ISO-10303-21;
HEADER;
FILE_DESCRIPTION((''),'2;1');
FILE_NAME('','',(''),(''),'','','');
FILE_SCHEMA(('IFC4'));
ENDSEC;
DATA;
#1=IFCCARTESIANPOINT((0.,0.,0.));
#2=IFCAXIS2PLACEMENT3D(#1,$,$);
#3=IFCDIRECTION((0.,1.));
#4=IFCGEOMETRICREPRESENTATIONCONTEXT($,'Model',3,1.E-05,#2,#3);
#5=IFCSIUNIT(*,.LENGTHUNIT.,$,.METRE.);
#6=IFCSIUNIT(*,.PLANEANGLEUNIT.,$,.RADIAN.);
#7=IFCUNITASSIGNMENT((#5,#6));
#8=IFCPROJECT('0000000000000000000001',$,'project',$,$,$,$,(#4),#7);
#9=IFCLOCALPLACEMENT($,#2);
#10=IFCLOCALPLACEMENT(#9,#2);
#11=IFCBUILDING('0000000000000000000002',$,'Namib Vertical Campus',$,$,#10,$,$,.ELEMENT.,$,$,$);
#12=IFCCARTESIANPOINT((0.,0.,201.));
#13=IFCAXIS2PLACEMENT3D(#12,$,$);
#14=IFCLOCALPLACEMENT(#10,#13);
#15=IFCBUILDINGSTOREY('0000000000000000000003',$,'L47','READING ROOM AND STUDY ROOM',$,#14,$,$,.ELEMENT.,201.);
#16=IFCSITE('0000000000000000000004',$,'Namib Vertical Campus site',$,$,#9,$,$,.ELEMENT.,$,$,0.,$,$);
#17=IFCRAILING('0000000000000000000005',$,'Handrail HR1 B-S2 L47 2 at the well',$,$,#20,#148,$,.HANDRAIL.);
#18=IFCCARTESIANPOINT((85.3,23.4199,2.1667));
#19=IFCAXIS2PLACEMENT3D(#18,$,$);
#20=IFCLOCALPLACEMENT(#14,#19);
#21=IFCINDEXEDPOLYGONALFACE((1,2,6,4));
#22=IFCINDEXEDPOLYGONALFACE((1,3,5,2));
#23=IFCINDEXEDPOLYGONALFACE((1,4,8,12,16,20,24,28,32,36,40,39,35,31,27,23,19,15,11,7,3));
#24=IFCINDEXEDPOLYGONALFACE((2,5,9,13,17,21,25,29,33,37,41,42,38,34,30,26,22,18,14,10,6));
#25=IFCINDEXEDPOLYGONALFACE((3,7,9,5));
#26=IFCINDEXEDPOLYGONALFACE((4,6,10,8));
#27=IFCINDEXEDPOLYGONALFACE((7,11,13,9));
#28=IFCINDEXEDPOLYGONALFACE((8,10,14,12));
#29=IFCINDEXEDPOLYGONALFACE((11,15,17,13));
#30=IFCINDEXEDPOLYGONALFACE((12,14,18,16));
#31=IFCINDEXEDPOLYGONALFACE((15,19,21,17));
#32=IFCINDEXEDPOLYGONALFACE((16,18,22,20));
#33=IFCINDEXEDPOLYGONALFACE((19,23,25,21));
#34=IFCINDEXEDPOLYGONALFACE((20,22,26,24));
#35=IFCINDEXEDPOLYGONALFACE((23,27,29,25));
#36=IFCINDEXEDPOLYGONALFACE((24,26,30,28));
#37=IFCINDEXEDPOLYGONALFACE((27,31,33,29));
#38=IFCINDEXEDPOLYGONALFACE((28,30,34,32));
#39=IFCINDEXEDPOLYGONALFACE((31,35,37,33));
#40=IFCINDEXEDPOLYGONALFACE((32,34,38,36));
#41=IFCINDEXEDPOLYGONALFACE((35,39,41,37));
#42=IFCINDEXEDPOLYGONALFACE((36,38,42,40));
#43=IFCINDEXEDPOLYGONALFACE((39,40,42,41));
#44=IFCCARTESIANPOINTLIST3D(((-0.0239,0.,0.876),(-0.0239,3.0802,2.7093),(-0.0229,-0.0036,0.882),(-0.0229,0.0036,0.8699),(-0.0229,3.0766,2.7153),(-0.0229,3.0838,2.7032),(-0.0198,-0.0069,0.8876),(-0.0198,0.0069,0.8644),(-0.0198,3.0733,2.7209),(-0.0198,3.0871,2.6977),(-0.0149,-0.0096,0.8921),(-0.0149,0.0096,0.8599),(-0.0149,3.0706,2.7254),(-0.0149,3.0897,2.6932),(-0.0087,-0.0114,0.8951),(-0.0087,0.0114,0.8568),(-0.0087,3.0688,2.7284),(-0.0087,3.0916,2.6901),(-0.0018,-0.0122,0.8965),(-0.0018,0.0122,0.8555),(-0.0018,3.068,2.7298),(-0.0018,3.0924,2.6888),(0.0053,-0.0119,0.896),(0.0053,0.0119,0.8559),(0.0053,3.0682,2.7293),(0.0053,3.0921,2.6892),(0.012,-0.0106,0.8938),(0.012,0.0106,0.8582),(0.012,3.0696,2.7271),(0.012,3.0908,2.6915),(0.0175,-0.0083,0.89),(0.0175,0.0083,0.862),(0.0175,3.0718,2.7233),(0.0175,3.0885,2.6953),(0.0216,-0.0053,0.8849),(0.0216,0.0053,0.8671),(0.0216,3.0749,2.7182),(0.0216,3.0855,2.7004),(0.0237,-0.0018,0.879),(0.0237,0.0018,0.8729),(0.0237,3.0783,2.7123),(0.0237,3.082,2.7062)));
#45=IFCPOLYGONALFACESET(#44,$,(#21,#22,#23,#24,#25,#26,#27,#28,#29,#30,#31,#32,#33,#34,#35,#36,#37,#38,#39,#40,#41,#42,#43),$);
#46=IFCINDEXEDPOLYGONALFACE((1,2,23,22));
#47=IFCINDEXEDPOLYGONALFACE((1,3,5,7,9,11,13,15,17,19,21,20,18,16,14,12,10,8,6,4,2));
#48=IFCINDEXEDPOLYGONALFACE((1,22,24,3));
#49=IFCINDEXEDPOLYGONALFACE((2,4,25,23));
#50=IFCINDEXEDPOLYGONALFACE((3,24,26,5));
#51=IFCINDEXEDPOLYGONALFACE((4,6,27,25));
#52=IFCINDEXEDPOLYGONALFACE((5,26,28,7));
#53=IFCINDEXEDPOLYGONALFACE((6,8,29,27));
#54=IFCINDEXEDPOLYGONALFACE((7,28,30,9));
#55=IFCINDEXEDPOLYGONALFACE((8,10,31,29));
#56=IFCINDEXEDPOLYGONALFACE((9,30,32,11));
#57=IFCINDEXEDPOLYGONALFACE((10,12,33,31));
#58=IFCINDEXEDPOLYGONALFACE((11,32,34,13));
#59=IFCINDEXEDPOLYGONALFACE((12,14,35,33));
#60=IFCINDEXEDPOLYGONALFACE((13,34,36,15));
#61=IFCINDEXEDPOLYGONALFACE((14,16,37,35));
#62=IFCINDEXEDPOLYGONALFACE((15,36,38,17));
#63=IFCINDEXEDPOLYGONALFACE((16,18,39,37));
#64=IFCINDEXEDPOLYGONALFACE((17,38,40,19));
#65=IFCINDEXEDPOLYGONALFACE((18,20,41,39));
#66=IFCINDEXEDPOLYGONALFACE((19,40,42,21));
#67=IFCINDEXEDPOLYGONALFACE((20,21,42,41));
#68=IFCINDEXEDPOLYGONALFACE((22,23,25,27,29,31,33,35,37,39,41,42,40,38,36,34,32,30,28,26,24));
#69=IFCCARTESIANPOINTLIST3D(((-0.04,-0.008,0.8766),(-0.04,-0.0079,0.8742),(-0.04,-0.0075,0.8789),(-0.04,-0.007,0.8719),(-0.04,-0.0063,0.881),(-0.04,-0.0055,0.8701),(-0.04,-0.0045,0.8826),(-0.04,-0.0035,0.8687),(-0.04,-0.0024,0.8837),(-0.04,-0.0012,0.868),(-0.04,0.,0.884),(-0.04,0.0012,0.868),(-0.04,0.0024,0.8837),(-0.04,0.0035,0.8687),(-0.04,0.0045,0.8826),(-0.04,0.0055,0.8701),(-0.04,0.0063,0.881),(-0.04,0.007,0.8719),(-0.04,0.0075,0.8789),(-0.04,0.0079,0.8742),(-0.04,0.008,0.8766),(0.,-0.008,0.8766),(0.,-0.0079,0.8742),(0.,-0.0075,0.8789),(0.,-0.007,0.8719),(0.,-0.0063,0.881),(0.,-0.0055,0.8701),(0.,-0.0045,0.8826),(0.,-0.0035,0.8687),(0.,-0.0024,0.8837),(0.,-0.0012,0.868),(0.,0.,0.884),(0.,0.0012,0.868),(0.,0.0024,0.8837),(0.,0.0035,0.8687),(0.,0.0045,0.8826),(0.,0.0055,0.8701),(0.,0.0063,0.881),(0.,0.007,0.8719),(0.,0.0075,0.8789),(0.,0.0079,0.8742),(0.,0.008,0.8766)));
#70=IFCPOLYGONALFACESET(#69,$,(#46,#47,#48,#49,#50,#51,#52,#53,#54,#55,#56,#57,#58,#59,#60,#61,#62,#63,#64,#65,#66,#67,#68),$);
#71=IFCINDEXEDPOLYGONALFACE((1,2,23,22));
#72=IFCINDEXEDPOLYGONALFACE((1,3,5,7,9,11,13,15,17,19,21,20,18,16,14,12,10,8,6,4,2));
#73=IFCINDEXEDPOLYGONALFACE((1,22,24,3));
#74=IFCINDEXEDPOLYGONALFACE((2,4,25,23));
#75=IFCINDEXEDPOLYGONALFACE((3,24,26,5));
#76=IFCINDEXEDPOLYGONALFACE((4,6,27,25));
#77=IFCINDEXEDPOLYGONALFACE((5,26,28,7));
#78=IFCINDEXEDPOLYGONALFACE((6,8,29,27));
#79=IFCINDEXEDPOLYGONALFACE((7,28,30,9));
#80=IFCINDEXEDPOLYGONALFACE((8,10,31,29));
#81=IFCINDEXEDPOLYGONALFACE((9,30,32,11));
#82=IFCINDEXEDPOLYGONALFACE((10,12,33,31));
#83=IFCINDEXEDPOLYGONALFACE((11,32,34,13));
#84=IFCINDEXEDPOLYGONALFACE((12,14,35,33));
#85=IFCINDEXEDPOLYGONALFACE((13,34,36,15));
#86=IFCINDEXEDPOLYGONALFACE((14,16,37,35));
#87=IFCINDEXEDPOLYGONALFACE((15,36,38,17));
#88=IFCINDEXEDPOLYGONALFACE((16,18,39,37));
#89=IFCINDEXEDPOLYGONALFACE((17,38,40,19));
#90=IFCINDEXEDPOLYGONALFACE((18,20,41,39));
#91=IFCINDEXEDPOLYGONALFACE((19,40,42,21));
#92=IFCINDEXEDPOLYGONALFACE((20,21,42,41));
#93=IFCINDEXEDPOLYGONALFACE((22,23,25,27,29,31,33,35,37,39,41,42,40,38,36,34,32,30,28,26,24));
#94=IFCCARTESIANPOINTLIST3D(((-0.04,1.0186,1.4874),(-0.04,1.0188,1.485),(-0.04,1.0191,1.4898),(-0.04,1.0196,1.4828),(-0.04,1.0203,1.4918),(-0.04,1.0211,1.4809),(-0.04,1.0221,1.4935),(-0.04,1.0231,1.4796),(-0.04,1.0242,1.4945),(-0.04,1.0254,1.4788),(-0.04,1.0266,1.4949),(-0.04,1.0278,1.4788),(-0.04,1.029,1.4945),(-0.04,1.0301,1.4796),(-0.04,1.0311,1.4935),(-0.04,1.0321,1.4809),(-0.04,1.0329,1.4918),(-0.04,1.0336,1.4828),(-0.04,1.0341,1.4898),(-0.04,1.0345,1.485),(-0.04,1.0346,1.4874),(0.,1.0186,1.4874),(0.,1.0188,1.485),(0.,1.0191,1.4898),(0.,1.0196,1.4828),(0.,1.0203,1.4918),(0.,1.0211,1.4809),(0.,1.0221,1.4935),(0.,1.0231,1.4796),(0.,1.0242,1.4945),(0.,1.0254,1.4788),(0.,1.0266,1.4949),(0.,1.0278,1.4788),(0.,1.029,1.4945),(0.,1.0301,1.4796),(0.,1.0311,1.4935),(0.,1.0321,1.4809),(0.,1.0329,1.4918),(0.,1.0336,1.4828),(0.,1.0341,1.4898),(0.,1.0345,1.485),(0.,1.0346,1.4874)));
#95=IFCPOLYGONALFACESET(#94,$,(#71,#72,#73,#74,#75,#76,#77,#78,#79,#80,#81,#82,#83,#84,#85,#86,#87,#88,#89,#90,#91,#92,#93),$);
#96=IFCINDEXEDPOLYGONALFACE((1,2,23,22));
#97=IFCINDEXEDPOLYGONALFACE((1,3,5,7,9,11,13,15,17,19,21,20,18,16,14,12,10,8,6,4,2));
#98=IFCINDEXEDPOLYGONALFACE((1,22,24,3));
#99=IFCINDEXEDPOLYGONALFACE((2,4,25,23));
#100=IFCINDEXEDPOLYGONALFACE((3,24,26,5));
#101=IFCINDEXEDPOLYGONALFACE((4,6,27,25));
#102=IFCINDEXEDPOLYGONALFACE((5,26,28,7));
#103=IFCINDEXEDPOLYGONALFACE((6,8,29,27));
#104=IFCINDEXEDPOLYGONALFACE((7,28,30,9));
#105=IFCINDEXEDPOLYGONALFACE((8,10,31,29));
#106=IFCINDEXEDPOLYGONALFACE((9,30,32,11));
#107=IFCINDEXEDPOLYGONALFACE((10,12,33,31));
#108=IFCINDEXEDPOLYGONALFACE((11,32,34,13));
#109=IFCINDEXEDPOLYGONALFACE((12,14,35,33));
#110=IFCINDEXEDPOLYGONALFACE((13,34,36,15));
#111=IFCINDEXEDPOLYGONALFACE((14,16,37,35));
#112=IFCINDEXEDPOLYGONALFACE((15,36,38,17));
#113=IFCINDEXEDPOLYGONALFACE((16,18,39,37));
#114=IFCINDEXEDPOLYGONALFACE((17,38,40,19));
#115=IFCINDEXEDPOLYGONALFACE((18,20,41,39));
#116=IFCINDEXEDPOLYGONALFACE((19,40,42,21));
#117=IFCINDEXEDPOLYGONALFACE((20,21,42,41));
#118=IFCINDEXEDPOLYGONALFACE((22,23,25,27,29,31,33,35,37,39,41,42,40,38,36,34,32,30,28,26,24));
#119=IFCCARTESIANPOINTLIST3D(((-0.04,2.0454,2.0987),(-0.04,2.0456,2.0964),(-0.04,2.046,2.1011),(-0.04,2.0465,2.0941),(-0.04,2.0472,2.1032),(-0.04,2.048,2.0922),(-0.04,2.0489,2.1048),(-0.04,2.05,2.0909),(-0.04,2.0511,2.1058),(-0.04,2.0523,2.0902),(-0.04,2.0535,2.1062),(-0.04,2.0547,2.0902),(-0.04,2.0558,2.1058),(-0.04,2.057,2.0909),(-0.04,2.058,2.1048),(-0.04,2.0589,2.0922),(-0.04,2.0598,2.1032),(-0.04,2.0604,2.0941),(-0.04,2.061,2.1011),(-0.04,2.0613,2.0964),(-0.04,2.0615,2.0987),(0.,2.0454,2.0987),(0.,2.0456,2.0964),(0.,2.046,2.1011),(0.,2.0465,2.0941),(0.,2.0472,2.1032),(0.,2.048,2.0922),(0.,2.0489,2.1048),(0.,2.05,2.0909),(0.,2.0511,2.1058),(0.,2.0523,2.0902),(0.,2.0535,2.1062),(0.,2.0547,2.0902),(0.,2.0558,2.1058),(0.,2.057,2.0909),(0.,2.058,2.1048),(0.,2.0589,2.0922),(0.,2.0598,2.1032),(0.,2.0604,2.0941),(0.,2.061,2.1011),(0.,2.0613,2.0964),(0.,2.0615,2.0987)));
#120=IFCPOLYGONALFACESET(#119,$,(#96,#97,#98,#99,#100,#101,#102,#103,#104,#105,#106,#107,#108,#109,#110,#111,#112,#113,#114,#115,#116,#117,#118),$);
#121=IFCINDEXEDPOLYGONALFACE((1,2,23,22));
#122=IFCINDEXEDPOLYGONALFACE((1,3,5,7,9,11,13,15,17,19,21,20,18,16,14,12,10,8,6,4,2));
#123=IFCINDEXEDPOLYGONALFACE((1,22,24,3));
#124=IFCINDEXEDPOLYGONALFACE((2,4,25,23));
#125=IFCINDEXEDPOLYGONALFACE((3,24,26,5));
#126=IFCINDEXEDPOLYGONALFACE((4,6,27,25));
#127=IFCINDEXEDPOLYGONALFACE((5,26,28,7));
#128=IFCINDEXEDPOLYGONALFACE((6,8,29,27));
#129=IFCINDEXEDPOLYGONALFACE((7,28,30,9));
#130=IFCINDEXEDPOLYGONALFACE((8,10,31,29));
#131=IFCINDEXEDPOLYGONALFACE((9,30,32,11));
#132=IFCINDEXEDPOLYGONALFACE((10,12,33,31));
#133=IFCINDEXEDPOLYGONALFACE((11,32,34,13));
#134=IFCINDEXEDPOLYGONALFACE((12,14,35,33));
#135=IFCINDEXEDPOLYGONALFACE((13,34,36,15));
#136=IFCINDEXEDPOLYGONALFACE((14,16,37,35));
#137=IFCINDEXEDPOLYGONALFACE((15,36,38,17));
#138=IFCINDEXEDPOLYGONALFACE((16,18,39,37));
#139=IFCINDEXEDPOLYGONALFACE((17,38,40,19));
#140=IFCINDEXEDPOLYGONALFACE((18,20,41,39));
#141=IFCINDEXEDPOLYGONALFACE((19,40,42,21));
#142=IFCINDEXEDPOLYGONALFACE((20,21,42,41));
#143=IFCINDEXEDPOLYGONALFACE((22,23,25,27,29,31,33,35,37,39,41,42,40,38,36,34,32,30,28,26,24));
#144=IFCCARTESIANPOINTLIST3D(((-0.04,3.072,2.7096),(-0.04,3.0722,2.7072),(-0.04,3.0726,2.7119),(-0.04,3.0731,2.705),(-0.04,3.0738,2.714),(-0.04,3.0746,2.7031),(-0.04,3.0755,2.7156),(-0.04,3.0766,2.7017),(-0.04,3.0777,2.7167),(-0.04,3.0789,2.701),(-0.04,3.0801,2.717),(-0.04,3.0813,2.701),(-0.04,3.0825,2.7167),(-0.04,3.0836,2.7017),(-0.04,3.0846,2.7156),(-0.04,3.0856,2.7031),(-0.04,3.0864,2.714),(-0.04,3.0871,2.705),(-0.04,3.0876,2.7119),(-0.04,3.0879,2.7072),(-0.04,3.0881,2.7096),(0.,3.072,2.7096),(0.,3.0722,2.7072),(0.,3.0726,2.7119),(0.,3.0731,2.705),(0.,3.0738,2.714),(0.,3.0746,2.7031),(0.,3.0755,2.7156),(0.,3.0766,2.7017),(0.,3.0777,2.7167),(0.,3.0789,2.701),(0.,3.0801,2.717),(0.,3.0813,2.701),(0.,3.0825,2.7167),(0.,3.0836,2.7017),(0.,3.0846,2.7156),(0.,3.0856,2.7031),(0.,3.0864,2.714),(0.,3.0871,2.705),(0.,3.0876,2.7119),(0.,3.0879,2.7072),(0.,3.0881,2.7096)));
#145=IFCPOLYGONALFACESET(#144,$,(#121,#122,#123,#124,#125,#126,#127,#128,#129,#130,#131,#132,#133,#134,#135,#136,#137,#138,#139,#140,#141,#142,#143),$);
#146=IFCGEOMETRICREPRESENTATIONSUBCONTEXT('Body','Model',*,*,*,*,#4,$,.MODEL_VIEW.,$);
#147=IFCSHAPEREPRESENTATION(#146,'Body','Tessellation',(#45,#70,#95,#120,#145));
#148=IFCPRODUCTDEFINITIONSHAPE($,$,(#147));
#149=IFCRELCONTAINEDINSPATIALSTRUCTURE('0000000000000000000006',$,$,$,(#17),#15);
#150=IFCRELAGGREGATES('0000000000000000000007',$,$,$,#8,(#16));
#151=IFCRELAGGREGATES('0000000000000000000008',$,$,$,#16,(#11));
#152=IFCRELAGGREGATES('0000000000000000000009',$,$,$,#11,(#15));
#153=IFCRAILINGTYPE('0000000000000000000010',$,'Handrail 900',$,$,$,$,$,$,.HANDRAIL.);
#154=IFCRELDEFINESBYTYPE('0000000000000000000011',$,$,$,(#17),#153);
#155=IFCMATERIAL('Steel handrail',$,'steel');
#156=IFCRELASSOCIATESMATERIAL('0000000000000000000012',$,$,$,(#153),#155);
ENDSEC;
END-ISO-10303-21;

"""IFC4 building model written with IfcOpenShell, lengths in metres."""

from ifc_helpers import new_model, si_unit, direction, frame, origin, origin_2d, place, context, subcontext, project, spatial, circle, extrude, material, type_object, element, save


model = new_model("IFC4")

# Units and contexts
model_context = context("Model", 3, precision=1e-05, world=origin(), true_north=direction((0.0, 1.0)))
body_context = subcontext(model_context, "Body", "Model", "MODEL_VIEW")
ifc_project = project(units=[si_unit("LENGTHUNIT", "METRE"), si_unit("PLANEANGLEUNIT", "RADIAN")], contexts=[model_context])

# Site, building, storey
site_placement = place(None, origin())
site = spatial("IfcSite", under=ifc_project, at=site_placement, Name="Namib Vertical Campus site", CompositionType="ELEMENT", RefElevation=0.0)
building_placement = place(site_placement, origin())
building = spatial("IfcBuilding", under=site, at=building_placement, Name="Namib Vertical Campus", CompositionType="ELEMENT")
storey_placement = place(building_placement, frame((0.0, 0.0, 201.0)))
storey = spatial("IfcBuildingStorey", under=building, at=storey_placement, Name="L47", Description="READING ROOM AND STUDY ROOM", CompositionType="ELEMENT", Elevation=201.0)

# Railing
ifc_material_1 = material(Name="Steel handrail", Category="steel")
railing_type_1 = type_object("IfcRailingType", Name="Handrail 900", PredefinedType="HANDRAIL", material=ifc_material_1)
railing_1_placement = place(storey_placement, frame((85.3, 23.4199, 2.1667)))
element("IfcRailing", 1, at=railing_1_placement, inside=storey, type_object=railing_type_1, Name="Handrail HR1 B-S2 L47 2 at the well", PredefinedType="HANDRAIL", context=body_context, shape_type="SweptSolid", body=[
    extrude(circle(Radius=0.0239, at=origin_2d()), frame((0.0, 0.0, 0.876), z_axis=(0.0, 0.859309, 0.511458), x_axis=(-1.0, 0.0, 0.0)), (0.0, 0.0, 1.0), 3.5845),
    extrude(circle(Radius=0.0081, at=origin_2d()), frame((0.0, 0.0, 0.876), z_axis=(-1.0, 0.0, 0.0), x_axis=(0.0, 0.0, 1.0)), (0.0, 0.0, 1.0), 0.04),
    extrude(circle(Radius=0.0081, at=origin_2d()), frame((0.0, 1.0266, 1.4868), z_axis=(-1.0, 0.0, 0.0), x_axis=(0.0, 0.0, 1.0)), (0.0, 0.0, 1.0), 0.04),
    extrude(circle(Radius=0.0081, at=origin_2d()), frame((0.0, 2.0535, 2.0981), z_axis=(-1.0, 0.0, 0.0), x_axis=(0.0, 0.0, 1.0)), (0.0, 0.0, 1.0), 0.04),
    extrude(circle(Radius=0.0081, at=origin_2d()), frame((0.0, 3.0801, 2.709), z_axis=(-1.0, 0.0, 0.0), x_axis=(0.0, 0.0, 1.0)), (0.0, 0.0, 1.0), 0.04),
])

save(model, "model.ifc")
